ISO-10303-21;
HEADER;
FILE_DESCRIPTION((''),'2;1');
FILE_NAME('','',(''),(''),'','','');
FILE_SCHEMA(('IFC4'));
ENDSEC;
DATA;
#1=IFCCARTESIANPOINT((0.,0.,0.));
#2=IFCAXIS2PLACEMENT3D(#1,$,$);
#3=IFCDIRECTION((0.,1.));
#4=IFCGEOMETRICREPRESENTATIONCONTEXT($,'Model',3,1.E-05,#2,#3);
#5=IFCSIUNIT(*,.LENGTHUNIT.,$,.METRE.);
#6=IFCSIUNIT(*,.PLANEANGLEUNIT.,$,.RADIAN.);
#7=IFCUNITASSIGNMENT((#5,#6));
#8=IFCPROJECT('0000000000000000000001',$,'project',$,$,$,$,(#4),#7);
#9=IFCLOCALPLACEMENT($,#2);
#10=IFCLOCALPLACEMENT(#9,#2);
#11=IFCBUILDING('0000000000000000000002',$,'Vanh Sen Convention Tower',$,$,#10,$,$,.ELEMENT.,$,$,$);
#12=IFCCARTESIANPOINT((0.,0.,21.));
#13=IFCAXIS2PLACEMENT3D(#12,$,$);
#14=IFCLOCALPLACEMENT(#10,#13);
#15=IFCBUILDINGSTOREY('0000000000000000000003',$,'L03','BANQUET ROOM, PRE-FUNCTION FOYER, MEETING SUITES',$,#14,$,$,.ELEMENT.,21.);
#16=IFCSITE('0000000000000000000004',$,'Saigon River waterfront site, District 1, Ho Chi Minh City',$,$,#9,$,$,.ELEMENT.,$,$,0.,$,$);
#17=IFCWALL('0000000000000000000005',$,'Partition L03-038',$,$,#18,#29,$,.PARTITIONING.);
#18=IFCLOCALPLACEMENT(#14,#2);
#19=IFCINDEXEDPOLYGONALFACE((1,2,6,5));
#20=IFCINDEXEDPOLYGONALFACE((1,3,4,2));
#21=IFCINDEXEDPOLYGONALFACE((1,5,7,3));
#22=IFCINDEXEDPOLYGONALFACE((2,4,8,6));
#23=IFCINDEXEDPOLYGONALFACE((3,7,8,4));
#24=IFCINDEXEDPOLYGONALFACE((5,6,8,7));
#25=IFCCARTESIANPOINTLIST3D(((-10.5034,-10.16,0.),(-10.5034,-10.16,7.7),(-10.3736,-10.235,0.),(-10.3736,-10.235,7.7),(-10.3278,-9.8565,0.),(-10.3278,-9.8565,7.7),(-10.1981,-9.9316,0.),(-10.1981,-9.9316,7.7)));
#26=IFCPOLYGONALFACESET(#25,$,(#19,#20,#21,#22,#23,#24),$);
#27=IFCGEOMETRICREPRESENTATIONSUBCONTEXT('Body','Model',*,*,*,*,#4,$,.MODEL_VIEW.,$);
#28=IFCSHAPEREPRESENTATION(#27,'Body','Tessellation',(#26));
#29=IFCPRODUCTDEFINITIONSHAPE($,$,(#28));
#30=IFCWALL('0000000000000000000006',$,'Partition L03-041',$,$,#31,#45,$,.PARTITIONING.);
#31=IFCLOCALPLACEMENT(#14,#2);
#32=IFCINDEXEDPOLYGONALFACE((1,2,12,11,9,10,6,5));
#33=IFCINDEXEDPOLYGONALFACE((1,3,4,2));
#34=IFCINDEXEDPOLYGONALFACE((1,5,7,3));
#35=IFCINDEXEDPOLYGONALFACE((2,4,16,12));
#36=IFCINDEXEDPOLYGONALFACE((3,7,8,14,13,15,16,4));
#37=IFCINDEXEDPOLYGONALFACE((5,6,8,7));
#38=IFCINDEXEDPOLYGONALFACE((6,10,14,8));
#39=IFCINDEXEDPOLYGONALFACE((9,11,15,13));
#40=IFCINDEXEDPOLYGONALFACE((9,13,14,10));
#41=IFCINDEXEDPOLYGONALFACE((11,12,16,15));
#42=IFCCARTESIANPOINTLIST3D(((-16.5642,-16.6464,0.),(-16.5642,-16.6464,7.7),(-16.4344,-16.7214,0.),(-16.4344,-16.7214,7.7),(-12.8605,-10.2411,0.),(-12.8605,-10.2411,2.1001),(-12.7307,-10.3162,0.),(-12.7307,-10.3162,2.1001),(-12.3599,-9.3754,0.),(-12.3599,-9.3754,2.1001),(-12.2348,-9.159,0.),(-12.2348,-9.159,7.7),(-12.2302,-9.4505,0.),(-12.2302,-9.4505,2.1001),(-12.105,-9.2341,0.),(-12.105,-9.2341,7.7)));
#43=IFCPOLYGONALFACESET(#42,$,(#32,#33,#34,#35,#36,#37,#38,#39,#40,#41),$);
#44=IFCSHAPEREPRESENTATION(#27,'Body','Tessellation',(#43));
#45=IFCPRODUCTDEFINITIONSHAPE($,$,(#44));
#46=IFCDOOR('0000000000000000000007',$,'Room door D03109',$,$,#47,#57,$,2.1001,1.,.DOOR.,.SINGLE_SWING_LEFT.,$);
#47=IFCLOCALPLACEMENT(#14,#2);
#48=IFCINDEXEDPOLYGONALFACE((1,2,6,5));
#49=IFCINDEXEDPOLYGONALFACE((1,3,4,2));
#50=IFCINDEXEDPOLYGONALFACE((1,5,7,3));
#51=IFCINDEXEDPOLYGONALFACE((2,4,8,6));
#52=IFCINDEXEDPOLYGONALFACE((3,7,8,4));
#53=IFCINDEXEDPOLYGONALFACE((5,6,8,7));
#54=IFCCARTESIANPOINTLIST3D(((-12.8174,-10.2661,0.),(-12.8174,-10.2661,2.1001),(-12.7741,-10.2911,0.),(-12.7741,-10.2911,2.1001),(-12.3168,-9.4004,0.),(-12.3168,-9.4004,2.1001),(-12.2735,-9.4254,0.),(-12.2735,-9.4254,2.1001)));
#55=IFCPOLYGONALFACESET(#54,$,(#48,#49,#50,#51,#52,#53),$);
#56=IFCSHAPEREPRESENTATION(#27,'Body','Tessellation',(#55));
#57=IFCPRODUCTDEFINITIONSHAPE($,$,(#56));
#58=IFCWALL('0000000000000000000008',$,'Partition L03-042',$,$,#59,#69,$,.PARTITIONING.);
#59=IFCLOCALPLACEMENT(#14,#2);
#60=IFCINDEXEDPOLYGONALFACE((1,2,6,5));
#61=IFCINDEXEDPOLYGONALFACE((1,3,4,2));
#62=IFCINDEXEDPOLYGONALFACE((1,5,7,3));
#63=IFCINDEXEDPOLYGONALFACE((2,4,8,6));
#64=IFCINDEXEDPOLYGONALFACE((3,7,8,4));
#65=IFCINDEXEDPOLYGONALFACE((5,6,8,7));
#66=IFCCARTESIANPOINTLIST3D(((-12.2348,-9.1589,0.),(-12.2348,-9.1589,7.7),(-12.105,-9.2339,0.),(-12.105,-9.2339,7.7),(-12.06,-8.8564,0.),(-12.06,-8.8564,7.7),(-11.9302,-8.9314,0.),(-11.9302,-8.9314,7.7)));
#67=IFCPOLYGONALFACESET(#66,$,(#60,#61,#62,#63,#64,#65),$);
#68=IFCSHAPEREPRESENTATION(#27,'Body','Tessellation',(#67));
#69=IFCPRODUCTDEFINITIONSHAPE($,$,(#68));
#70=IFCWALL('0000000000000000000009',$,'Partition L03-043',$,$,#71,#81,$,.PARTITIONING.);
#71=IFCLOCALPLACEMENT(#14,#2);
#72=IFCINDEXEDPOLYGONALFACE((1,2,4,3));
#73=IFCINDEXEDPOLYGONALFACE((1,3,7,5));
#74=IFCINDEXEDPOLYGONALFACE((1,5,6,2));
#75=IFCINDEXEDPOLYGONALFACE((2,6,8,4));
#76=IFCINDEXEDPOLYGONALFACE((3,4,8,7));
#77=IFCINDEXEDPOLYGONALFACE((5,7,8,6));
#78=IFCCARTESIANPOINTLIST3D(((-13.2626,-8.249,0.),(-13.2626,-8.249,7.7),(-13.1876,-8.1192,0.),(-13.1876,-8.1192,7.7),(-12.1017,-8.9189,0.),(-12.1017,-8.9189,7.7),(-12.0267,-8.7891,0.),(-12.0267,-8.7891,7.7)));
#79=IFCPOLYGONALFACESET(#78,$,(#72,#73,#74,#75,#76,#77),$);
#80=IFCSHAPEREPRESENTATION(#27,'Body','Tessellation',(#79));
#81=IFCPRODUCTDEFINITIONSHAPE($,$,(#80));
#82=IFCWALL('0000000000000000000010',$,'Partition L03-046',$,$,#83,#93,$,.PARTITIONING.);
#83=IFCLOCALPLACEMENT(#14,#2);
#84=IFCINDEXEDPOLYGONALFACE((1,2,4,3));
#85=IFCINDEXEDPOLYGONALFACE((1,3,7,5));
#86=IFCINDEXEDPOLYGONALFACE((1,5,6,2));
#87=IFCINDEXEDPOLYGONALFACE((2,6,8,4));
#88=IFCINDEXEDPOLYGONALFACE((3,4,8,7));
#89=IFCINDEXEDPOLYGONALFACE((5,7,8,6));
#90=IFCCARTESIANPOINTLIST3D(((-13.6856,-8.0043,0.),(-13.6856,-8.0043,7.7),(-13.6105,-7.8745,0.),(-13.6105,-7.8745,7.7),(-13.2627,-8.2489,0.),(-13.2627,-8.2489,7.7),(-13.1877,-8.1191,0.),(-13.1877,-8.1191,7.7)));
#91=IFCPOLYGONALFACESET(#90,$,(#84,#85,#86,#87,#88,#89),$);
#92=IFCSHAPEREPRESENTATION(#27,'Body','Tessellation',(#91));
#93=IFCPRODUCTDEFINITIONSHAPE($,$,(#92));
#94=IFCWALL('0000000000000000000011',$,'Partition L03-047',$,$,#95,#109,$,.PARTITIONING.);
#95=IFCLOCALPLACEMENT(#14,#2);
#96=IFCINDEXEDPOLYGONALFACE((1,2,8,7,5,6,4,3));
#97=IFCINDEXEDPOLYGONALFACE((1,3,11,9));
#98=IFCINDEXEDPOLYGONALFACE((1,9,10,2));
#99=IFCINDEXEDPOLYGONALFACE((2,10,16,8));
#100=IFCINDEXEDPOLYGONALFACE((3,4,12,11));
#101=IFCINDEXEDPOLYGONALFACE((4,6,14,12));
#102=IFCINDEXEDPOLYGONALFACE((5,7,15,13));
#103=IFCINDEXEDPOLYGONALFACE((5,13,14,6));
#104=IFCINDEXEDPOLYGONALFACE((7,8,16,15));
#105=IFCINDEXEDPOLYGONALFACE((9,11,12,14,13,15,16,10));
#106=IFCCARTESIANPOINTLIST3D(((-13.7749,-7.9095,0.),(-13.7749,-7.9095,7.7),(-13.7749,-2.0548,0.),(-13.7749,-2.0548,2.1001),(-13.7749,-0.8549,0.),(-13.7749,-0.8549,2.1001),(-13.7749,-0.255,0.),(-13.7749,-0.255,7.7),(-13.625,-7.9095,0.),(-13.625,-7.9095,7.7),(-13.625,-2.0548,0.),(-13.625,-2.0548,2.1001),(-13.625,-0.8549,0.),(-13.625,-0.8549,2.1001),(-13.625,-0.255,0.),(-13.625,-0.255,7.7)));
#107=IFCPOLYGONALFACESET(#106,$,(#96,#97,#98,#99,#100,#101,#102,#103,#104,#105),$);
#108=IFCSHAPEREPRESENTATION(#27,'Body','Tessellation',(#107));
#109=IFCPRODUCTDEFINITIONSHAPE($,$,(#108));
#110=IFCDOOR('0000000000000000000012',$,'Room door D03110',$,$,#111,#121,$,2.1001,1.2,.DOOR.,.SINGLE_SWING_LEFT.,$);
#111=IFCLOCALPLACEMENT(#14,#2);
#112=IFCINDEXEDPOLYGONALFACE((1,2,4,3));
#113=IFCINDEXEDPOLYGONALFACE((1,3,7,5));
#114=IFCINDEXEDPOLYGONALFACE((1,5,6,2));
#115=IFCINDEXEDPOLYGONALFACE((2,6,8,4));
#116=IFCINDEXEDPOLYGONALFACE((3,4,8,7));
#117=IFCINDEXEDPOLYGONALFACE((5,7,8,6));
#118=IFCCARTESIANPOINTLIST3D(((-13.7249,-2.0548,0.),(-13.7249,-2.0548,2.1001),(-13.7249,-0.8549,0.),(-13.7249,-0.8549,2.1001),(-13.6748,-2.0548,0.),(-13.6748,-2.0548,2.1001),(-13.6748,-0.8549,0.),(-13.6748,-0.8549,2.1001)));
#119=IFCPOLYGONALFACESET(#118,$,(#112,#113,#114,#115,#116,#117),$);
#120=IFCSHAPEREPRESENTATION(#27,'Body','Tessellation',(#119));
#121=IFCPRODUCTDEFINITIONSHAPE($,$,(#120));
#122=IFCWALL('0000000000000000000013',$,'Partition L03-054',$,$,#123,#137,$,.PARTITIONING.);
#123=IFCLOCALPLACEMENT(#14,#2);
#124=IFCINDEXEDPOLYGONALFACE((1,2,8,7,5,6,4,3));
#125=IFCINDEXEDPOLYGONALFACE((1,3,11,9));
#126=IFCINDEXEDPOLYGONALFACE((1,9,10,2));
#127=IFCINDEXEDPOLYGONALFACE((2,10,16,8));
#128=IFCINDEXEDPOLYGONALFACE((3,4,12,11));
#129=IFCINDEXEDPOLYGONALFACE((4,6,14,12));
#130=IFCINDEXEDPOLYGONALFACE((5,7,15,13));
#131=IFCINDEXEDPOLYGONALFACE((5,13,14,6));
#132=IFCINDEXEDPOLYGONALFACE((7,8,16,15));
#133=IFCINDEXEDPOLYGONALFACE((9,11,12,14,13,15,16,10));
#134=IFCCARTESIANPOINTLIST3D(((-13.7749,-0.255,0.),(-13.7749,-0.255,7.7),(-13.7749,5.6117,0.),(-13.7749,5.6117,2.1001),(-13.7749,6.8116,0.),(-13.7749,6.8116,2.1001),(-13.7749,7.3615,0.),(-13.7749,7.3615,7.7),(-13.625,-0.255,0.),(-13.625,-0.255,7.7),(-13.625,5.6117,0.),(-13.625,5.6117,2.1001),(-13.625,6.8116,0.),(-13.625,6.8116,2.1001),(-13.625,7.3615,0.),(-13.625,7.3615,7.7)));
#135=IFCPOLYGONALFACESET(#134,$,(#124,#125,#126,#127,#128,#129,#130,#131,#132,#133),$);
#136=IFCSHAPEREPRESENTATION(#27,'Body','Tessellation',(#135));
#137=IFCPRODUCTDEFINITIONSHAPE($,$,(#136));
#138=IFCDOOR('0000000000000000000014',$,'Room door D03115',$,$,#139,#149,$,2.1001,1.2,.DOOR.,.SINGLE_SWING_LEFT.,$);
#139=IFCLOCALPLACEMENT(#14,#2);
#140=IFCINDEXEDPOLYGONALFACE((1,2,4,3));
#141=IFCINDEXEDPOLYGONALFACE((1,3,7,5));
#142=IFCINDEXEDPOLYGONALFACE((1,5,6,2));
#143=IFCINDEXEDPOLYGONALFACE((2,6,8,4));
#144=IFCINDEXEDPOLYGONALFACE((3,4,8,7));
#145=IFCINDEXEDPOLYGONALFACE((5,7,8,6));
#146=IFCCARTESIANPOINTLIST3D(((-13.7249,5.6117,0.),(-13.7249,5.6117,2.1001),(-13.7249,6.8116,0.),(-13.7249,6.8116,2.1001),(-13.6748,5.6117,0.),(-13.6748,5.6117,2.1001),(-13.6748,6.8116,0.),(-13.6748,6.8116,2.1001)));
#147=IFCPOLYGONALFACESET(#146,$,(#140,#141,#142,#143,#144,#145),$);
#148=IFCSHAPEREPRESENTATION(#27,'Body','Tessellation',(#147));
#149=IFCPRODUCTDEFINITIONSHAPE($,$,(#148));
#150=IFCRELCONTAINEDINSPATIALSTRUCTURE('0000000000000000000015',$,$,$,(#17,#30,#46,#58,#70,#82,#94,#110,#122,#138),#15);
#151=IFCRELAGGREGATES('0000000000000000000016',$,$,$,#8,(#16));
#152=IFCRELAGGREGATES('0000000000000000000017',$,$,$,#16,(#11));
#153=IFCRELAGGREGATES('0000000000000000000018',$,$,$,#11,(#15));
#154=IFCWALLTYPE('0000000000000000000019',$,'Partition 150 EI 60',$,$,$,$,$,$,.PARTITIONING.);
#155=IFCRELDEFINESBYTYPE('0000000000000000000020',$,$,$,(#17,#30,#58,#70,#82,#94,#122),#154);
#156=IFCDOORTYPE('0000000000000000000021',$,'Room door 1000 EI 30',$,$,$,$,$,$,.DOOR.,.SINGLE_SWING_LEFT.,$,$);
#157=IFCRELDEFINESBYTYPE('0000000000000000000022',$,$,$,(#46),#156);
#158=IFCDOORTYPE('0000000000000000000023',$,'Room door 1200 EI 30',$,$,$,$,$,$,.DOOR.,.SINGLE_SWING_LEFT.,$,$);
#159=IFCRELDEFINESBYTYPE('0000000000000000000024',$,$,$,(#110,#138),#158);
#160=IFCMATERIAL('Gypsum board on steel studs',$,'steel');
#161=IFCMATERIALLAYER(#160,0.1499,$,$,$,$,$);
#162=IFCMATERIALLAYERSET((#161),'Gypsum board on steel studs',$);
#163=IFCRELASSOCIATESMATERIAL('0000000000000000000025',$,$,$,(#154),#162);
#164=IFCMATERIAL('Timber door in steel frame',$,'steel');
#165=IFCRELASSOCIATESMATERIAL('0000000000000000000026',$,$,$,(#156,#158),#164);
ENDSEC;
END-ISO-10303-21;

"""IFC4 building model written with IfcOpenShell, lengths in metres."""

from ifc_helpers import new_model, si_unit, direction, frame, frame_2d, origin, place, context, subcontext, project, spatial, rectangle, extrude, material, layer, layer_set, type_object, element, fill, save


model = new_model("IFC4")

# Units and contexts
model_context = context("Model", 3, precision=1e-05, world=origin(), true_north=direction((0.0, 1.0)))
body_context = subcontext(model_context, "Body", "Model", "MODEL_VIEW")
ifc_project = project(units=[si_unit("LENGTHUNIT", "METRE"), si_unit("PLANEANGLEUNIT", "RADIAN")], contexts=[model_context])

# Site, building, storey
site_placement = place(None, origin())
site = spatial("IfcSite", under=ifc_project, at=site_placement, Name="Saigon River waterfront site, District 1, Ho Chi Minh City", CompositionType="ELEMENT", RefElevation=0.0)
building_placement = place(site_placement, origin())
building = spatial("IfcBuilding", under=site, at=building_placement, Name="Vanh Sen Convention Tower", CompositionType="ELEMENT")
storey_placement = place(building_placement, frame((0.0, 0.0, 21.0)))
storey = spatial("IfcBuildingStorey", under=building, at=storey_placement, Name="L03", Description="BANQUET ROOM, PRE-FUNCTION FOYER, MEETING SUITES", CompositionType="ELEMENT", Elevation=21.0)

# Shared definitions
ifc_material_1 = material(Name="Gypsum board on steel studs", Category="steel")
ifc_layer_1 = layer(ifc_material_1, 0.1499)
ifc_layer_set_1 = layer_set([ifc_layer_1], Name="Gypsum board on steel studs")
wall_type_1 = type_object("IfcWallType", Name="Partition 150 EI 60", PredefinedType="PARTITIONING", material=ifc_layer_set_1)

# Shared definitions
ifc_material_2 = material(Name="Timber door in steel frame", Category="steel")
door_type_1 = type_object("IfcDoorType", Name="Room door 1000 EI 30", OperationType="SINGLE_SWING_LEFT", PredefinedType="DOOR", material=ifc_material_2)

# Wall
wall_1_placement = place(storey_placement, frame((-10.2629, -9.894, 0.0), z_axis=(0.0, 0.0, 1.0), x_axis=(-0.500707, -0.865617, 0.0)))
element("IfcWall", 1, at=wall_1_placement, inside=storey, type_object=wall_type_1, Name="Partition L03-038", PredefinedType="PARTITIONING", context=body_context, shape_type="SweptSolid", body=[
    extrude(rectangle(XDim=0.3506, YDim=0.1499, at=frame_2d((0.1753, 0.0))), origin(), (0.0, 0.0, 1.0), 7.7),
])

# Wall, opening, door
wall_2_placement = place(storey_placement, frame((-12.1699, -9.1965, 0.0), z_axis=(0.0, 0.0, 1.0), x_axis=(-0.500568, -0.865697, 0.0)))
wall_2 = element("IfcWall", 2, at=wall_2_placement, inside=storey, type_object=wall_type_1, Name="Partition L03-041", PredefinedType="PARTITIONING", context=body_context, shape_type="SweptSolid", body=[
    extrude(rectangle(XDim=8.6489, YDim=0.1499, at=frame_2d((4.3245, 0.0))), origin(), (0.0, 0.0, 1.0), 7.7),
])
opening_1_placement = place(wall_2_placement, frame((0.25, 0.0, 0.0)))
opening_1 = element("IfcOpeningElement", 3, at=opening_1_placement, cuts=wall_2, PredefinedType="OPENING", context=body_context, shape_type="SweptSolid", body=[
    extrude(rectangle(XDim=1.0, YDim=2.1001, at=frame_2d((0.5, 1.05))), frame((0.0, 0.085, 0.0), z_axis=(0.0, -1.0, 0.0), x_axis=(1.0, 0.0, 0.0)), (0.0, 0.0, 1.0), 0.1699),
])
door_1_placement = place(opening_1_placement, origin())
door_1 = element("IfcDoor", 4, at=door_1_placement, inside=storey, type_object=door_type_1, Name="Room door D03109", OperationType="SINGLE_SWING_LEFT", OverallHeight=2.1001, OverallWidth=1.0, PredefinedType="DOOR", context=body_context, shape_type="SweptSolid", body=[
    extrude(rectangle(XDim=1.0, YDim=2.1001, at=frame_2d((0.5, 1.05))), frame((0.0, 0.0249, 0.0), z_axis=(0.0, -1.0, 0.0), x_axis=(1.0, 0.0, 0.0)), (0.0, 0.0, 1.0), 0.05),
])
fill(opening_1, door_1)

# Walls
wall_3_placement = place(storey_placement, frame((-12.1699, -9.1965, 0.0), z_axis=(0.0, 0.0, 1.0), x_axis=(0.500347, 0.865825, 0.0)))
element("IfcWall", 5, at=wall_3_placement, inside=storey, type_object=wall_type_1, Name="Partition L03-042", PredefinedType="PARTITIONING", context=body_context, shape_type="SweptSolid", body=[
    extrude(rectangle(XDim=0.3494, YDim=0.1499, at=frame_2d((0.1748, 0.0))), origin(), (0.0, 0.0, 1.0), 7.7),
])
wall_4_placement = place(storey_placement, frame((-12.0642, -8.854, 0.0), z_axis=(0.0, 0.0, 1.0), x_axis=(-0.866128, 0.499822, 0.0)))
element("IfcWall", 6, at=wall_4_placement, inside=storey, type_object=wall_type_1, Name="Partition L03-043", PredefinedType="PARTITIONING", context=body_context, shape_type="SweptSolid", body=[
    extrude(rectangle(XDim=1.3403, YDim=0.1499, at=frame_2d((0.6702, 0.0))), origin(), (0.0, 0.0, 1.0), 7.7),
])
wall_5_placement = place(storey_placement, frame((-13.6479, -7.9395, 0.0), z_axis=(0.0, 0.0, 1.0), x_axis=(0.865586, -0.50076, 0.0)))
element("IfcWall", 7, at=wall_5_placement, inside=storey, type_object=wall_type_1, Name="Partition L03-046", PredefinedType="PARTITIONING", context=body_context, shape_type="SweptSolid", body=[
    extrude(rectangle(XDim=0.4885, YDim=0.1499, at=frame_2d((0.2441, 0.0))), origin(), (0.0, 0.0, 1.0), 7.7),
])

# Walls, openings, doors
wall_6_placement = place(storey_placement, frame((-13.7, -7.9094, 0.0), z_axis=(0.0, 0.0, 1.0), x_axis=(0.0, 1.0, 0.0)))
wall_6 = element("IfcWall", 8, at=wall_6_placement, inside=storey, type_object=wall_type_1, Name="Partition L03-047", PredefinedType="PARTITIONING", context=body_context, shape_type="SweptSolid", body=[
    extrude(rectangle(XDim=7.6545, YDim=0.1499, at=frame_2d((3.8271, 0.0))), origin(), (0.0, 0.0, 1.0), 7.7),
])
opening_2_placement = place(wall_6_placement, frame((5.8545, 0.0, 0.0)))
opening_2 = element("IfcOpeningElement", 9, at=opening_2_placement, cuts=wall_6, PredefinedType="OPENING", context=body_context, shape_type="SweptSolid", body=[
    extrude(rectangle(XDim=1.2, YDim=2.1001, at=frame_2d((0.6001, 1.05))), frame((0.0, 0.085, 0.0), z_axis=(0.0, -1.0, 0.0), x_axis=(1.0, 0.0, 0.0)), (0.0, 0.0, 1.0), 0.1699),
])
door_type_2 = type_object("IfcDoorType", Name="Room door 1200 EI 30", OperationType="SINGLE_SWING_LEFT", PredefinedType="DOOR", material=ifc_material_2)
door_2_placement = place(opening_2_placement, origin())
door_2 = element("IfcDoor", 10, at=door_2_placement, inside=storey, type_object=door_type_2, Name="Room door D03110", OperationType="SINGLE_SWING_LEFT", OverallHeight=2.1001, OverallWidth=1.2, PredefinedType="DOOR", context=body_context, shape_type="SweptSolid", body=[
    extrude(rectangle(XDim=1.2, YDim=2.1001, at=frame_2d((0.6001, 1.05))), frame((0.0, 0.0249, 0.0), z_axis=(0.0, -1.0, 0.0), x_axis=(1.0, 0.0, 0.0)), (0.0, 0.0, 1.0), 0.05),
])
fill(opening_2, door_2)
wall_7_placement = place(storey_placement, frame((-13.7, -0.2549, 0.0), z_axis=(0.0, 0.0, 1.0), x_axis=(0.0, 1.0, 0.0)))
wall_7 = element("IfcWall", 11, at=wall_7_placement, inside=storey, type_object=wall_type_1, Name="Partition L03-054", PredefinedType="PARTITIONING", context=body_context, shape_type="SweptSolid", body=[
    extrude(rectangle(XDim=7.6165, YDim=0.1499, at=frame_2d((3.8081, 0.0))), origin(), (0.0, 0.0, 1.0), 7.7),
])
opening_3_placement = place(wall_7_placement, frame((5.8665, 0.0, 0.0)))
opening_3 = element("IfcOpeningElement", 12, at=opening_3_placement, cuts=wall_7, PredefinedType="OPENING", context=body_context, shape_type="SweptSolid", body=[
    extrude(rectangle(XDim=1.2, YDim=2.1001, at=frame_2d((0.6001, 1.05))), frame((0.0, 0.085, 0.0), z_axis=(0.0, -1.0, 0.0), x_axis=(1.0, 0.0, 0.0)), (0.0, 0.0, 1.0), 0.1699),
])
door_3_placement = place(opening_3_placement, origin())
door_3 = element("IfcDoor", 13, at=door_3_placement, inside=storey, type_object=door_type_2, Name="Room door D03115", OperationType="SINGLE_SWING_LEFT", OverallHeight=2.1001, OverallWidth=1.2, PredefinedType="DOOR", context=body_context, shape_type="SweptSolid", body=[
    extrude(rectangle(XDim=1.2, YDim=2.1001, at=frame_2d((0.6001, 1.05))), frame((0.0, 0.0249, 0.0), z_axis=(0.0, -1.0, 0.0), x_axis=(1.0, 0.0, 0.0)), (0.0, 0.0, 1.0), 0.05),
])
fill(opening_3, door_3)

save(model, "model.ifc")
